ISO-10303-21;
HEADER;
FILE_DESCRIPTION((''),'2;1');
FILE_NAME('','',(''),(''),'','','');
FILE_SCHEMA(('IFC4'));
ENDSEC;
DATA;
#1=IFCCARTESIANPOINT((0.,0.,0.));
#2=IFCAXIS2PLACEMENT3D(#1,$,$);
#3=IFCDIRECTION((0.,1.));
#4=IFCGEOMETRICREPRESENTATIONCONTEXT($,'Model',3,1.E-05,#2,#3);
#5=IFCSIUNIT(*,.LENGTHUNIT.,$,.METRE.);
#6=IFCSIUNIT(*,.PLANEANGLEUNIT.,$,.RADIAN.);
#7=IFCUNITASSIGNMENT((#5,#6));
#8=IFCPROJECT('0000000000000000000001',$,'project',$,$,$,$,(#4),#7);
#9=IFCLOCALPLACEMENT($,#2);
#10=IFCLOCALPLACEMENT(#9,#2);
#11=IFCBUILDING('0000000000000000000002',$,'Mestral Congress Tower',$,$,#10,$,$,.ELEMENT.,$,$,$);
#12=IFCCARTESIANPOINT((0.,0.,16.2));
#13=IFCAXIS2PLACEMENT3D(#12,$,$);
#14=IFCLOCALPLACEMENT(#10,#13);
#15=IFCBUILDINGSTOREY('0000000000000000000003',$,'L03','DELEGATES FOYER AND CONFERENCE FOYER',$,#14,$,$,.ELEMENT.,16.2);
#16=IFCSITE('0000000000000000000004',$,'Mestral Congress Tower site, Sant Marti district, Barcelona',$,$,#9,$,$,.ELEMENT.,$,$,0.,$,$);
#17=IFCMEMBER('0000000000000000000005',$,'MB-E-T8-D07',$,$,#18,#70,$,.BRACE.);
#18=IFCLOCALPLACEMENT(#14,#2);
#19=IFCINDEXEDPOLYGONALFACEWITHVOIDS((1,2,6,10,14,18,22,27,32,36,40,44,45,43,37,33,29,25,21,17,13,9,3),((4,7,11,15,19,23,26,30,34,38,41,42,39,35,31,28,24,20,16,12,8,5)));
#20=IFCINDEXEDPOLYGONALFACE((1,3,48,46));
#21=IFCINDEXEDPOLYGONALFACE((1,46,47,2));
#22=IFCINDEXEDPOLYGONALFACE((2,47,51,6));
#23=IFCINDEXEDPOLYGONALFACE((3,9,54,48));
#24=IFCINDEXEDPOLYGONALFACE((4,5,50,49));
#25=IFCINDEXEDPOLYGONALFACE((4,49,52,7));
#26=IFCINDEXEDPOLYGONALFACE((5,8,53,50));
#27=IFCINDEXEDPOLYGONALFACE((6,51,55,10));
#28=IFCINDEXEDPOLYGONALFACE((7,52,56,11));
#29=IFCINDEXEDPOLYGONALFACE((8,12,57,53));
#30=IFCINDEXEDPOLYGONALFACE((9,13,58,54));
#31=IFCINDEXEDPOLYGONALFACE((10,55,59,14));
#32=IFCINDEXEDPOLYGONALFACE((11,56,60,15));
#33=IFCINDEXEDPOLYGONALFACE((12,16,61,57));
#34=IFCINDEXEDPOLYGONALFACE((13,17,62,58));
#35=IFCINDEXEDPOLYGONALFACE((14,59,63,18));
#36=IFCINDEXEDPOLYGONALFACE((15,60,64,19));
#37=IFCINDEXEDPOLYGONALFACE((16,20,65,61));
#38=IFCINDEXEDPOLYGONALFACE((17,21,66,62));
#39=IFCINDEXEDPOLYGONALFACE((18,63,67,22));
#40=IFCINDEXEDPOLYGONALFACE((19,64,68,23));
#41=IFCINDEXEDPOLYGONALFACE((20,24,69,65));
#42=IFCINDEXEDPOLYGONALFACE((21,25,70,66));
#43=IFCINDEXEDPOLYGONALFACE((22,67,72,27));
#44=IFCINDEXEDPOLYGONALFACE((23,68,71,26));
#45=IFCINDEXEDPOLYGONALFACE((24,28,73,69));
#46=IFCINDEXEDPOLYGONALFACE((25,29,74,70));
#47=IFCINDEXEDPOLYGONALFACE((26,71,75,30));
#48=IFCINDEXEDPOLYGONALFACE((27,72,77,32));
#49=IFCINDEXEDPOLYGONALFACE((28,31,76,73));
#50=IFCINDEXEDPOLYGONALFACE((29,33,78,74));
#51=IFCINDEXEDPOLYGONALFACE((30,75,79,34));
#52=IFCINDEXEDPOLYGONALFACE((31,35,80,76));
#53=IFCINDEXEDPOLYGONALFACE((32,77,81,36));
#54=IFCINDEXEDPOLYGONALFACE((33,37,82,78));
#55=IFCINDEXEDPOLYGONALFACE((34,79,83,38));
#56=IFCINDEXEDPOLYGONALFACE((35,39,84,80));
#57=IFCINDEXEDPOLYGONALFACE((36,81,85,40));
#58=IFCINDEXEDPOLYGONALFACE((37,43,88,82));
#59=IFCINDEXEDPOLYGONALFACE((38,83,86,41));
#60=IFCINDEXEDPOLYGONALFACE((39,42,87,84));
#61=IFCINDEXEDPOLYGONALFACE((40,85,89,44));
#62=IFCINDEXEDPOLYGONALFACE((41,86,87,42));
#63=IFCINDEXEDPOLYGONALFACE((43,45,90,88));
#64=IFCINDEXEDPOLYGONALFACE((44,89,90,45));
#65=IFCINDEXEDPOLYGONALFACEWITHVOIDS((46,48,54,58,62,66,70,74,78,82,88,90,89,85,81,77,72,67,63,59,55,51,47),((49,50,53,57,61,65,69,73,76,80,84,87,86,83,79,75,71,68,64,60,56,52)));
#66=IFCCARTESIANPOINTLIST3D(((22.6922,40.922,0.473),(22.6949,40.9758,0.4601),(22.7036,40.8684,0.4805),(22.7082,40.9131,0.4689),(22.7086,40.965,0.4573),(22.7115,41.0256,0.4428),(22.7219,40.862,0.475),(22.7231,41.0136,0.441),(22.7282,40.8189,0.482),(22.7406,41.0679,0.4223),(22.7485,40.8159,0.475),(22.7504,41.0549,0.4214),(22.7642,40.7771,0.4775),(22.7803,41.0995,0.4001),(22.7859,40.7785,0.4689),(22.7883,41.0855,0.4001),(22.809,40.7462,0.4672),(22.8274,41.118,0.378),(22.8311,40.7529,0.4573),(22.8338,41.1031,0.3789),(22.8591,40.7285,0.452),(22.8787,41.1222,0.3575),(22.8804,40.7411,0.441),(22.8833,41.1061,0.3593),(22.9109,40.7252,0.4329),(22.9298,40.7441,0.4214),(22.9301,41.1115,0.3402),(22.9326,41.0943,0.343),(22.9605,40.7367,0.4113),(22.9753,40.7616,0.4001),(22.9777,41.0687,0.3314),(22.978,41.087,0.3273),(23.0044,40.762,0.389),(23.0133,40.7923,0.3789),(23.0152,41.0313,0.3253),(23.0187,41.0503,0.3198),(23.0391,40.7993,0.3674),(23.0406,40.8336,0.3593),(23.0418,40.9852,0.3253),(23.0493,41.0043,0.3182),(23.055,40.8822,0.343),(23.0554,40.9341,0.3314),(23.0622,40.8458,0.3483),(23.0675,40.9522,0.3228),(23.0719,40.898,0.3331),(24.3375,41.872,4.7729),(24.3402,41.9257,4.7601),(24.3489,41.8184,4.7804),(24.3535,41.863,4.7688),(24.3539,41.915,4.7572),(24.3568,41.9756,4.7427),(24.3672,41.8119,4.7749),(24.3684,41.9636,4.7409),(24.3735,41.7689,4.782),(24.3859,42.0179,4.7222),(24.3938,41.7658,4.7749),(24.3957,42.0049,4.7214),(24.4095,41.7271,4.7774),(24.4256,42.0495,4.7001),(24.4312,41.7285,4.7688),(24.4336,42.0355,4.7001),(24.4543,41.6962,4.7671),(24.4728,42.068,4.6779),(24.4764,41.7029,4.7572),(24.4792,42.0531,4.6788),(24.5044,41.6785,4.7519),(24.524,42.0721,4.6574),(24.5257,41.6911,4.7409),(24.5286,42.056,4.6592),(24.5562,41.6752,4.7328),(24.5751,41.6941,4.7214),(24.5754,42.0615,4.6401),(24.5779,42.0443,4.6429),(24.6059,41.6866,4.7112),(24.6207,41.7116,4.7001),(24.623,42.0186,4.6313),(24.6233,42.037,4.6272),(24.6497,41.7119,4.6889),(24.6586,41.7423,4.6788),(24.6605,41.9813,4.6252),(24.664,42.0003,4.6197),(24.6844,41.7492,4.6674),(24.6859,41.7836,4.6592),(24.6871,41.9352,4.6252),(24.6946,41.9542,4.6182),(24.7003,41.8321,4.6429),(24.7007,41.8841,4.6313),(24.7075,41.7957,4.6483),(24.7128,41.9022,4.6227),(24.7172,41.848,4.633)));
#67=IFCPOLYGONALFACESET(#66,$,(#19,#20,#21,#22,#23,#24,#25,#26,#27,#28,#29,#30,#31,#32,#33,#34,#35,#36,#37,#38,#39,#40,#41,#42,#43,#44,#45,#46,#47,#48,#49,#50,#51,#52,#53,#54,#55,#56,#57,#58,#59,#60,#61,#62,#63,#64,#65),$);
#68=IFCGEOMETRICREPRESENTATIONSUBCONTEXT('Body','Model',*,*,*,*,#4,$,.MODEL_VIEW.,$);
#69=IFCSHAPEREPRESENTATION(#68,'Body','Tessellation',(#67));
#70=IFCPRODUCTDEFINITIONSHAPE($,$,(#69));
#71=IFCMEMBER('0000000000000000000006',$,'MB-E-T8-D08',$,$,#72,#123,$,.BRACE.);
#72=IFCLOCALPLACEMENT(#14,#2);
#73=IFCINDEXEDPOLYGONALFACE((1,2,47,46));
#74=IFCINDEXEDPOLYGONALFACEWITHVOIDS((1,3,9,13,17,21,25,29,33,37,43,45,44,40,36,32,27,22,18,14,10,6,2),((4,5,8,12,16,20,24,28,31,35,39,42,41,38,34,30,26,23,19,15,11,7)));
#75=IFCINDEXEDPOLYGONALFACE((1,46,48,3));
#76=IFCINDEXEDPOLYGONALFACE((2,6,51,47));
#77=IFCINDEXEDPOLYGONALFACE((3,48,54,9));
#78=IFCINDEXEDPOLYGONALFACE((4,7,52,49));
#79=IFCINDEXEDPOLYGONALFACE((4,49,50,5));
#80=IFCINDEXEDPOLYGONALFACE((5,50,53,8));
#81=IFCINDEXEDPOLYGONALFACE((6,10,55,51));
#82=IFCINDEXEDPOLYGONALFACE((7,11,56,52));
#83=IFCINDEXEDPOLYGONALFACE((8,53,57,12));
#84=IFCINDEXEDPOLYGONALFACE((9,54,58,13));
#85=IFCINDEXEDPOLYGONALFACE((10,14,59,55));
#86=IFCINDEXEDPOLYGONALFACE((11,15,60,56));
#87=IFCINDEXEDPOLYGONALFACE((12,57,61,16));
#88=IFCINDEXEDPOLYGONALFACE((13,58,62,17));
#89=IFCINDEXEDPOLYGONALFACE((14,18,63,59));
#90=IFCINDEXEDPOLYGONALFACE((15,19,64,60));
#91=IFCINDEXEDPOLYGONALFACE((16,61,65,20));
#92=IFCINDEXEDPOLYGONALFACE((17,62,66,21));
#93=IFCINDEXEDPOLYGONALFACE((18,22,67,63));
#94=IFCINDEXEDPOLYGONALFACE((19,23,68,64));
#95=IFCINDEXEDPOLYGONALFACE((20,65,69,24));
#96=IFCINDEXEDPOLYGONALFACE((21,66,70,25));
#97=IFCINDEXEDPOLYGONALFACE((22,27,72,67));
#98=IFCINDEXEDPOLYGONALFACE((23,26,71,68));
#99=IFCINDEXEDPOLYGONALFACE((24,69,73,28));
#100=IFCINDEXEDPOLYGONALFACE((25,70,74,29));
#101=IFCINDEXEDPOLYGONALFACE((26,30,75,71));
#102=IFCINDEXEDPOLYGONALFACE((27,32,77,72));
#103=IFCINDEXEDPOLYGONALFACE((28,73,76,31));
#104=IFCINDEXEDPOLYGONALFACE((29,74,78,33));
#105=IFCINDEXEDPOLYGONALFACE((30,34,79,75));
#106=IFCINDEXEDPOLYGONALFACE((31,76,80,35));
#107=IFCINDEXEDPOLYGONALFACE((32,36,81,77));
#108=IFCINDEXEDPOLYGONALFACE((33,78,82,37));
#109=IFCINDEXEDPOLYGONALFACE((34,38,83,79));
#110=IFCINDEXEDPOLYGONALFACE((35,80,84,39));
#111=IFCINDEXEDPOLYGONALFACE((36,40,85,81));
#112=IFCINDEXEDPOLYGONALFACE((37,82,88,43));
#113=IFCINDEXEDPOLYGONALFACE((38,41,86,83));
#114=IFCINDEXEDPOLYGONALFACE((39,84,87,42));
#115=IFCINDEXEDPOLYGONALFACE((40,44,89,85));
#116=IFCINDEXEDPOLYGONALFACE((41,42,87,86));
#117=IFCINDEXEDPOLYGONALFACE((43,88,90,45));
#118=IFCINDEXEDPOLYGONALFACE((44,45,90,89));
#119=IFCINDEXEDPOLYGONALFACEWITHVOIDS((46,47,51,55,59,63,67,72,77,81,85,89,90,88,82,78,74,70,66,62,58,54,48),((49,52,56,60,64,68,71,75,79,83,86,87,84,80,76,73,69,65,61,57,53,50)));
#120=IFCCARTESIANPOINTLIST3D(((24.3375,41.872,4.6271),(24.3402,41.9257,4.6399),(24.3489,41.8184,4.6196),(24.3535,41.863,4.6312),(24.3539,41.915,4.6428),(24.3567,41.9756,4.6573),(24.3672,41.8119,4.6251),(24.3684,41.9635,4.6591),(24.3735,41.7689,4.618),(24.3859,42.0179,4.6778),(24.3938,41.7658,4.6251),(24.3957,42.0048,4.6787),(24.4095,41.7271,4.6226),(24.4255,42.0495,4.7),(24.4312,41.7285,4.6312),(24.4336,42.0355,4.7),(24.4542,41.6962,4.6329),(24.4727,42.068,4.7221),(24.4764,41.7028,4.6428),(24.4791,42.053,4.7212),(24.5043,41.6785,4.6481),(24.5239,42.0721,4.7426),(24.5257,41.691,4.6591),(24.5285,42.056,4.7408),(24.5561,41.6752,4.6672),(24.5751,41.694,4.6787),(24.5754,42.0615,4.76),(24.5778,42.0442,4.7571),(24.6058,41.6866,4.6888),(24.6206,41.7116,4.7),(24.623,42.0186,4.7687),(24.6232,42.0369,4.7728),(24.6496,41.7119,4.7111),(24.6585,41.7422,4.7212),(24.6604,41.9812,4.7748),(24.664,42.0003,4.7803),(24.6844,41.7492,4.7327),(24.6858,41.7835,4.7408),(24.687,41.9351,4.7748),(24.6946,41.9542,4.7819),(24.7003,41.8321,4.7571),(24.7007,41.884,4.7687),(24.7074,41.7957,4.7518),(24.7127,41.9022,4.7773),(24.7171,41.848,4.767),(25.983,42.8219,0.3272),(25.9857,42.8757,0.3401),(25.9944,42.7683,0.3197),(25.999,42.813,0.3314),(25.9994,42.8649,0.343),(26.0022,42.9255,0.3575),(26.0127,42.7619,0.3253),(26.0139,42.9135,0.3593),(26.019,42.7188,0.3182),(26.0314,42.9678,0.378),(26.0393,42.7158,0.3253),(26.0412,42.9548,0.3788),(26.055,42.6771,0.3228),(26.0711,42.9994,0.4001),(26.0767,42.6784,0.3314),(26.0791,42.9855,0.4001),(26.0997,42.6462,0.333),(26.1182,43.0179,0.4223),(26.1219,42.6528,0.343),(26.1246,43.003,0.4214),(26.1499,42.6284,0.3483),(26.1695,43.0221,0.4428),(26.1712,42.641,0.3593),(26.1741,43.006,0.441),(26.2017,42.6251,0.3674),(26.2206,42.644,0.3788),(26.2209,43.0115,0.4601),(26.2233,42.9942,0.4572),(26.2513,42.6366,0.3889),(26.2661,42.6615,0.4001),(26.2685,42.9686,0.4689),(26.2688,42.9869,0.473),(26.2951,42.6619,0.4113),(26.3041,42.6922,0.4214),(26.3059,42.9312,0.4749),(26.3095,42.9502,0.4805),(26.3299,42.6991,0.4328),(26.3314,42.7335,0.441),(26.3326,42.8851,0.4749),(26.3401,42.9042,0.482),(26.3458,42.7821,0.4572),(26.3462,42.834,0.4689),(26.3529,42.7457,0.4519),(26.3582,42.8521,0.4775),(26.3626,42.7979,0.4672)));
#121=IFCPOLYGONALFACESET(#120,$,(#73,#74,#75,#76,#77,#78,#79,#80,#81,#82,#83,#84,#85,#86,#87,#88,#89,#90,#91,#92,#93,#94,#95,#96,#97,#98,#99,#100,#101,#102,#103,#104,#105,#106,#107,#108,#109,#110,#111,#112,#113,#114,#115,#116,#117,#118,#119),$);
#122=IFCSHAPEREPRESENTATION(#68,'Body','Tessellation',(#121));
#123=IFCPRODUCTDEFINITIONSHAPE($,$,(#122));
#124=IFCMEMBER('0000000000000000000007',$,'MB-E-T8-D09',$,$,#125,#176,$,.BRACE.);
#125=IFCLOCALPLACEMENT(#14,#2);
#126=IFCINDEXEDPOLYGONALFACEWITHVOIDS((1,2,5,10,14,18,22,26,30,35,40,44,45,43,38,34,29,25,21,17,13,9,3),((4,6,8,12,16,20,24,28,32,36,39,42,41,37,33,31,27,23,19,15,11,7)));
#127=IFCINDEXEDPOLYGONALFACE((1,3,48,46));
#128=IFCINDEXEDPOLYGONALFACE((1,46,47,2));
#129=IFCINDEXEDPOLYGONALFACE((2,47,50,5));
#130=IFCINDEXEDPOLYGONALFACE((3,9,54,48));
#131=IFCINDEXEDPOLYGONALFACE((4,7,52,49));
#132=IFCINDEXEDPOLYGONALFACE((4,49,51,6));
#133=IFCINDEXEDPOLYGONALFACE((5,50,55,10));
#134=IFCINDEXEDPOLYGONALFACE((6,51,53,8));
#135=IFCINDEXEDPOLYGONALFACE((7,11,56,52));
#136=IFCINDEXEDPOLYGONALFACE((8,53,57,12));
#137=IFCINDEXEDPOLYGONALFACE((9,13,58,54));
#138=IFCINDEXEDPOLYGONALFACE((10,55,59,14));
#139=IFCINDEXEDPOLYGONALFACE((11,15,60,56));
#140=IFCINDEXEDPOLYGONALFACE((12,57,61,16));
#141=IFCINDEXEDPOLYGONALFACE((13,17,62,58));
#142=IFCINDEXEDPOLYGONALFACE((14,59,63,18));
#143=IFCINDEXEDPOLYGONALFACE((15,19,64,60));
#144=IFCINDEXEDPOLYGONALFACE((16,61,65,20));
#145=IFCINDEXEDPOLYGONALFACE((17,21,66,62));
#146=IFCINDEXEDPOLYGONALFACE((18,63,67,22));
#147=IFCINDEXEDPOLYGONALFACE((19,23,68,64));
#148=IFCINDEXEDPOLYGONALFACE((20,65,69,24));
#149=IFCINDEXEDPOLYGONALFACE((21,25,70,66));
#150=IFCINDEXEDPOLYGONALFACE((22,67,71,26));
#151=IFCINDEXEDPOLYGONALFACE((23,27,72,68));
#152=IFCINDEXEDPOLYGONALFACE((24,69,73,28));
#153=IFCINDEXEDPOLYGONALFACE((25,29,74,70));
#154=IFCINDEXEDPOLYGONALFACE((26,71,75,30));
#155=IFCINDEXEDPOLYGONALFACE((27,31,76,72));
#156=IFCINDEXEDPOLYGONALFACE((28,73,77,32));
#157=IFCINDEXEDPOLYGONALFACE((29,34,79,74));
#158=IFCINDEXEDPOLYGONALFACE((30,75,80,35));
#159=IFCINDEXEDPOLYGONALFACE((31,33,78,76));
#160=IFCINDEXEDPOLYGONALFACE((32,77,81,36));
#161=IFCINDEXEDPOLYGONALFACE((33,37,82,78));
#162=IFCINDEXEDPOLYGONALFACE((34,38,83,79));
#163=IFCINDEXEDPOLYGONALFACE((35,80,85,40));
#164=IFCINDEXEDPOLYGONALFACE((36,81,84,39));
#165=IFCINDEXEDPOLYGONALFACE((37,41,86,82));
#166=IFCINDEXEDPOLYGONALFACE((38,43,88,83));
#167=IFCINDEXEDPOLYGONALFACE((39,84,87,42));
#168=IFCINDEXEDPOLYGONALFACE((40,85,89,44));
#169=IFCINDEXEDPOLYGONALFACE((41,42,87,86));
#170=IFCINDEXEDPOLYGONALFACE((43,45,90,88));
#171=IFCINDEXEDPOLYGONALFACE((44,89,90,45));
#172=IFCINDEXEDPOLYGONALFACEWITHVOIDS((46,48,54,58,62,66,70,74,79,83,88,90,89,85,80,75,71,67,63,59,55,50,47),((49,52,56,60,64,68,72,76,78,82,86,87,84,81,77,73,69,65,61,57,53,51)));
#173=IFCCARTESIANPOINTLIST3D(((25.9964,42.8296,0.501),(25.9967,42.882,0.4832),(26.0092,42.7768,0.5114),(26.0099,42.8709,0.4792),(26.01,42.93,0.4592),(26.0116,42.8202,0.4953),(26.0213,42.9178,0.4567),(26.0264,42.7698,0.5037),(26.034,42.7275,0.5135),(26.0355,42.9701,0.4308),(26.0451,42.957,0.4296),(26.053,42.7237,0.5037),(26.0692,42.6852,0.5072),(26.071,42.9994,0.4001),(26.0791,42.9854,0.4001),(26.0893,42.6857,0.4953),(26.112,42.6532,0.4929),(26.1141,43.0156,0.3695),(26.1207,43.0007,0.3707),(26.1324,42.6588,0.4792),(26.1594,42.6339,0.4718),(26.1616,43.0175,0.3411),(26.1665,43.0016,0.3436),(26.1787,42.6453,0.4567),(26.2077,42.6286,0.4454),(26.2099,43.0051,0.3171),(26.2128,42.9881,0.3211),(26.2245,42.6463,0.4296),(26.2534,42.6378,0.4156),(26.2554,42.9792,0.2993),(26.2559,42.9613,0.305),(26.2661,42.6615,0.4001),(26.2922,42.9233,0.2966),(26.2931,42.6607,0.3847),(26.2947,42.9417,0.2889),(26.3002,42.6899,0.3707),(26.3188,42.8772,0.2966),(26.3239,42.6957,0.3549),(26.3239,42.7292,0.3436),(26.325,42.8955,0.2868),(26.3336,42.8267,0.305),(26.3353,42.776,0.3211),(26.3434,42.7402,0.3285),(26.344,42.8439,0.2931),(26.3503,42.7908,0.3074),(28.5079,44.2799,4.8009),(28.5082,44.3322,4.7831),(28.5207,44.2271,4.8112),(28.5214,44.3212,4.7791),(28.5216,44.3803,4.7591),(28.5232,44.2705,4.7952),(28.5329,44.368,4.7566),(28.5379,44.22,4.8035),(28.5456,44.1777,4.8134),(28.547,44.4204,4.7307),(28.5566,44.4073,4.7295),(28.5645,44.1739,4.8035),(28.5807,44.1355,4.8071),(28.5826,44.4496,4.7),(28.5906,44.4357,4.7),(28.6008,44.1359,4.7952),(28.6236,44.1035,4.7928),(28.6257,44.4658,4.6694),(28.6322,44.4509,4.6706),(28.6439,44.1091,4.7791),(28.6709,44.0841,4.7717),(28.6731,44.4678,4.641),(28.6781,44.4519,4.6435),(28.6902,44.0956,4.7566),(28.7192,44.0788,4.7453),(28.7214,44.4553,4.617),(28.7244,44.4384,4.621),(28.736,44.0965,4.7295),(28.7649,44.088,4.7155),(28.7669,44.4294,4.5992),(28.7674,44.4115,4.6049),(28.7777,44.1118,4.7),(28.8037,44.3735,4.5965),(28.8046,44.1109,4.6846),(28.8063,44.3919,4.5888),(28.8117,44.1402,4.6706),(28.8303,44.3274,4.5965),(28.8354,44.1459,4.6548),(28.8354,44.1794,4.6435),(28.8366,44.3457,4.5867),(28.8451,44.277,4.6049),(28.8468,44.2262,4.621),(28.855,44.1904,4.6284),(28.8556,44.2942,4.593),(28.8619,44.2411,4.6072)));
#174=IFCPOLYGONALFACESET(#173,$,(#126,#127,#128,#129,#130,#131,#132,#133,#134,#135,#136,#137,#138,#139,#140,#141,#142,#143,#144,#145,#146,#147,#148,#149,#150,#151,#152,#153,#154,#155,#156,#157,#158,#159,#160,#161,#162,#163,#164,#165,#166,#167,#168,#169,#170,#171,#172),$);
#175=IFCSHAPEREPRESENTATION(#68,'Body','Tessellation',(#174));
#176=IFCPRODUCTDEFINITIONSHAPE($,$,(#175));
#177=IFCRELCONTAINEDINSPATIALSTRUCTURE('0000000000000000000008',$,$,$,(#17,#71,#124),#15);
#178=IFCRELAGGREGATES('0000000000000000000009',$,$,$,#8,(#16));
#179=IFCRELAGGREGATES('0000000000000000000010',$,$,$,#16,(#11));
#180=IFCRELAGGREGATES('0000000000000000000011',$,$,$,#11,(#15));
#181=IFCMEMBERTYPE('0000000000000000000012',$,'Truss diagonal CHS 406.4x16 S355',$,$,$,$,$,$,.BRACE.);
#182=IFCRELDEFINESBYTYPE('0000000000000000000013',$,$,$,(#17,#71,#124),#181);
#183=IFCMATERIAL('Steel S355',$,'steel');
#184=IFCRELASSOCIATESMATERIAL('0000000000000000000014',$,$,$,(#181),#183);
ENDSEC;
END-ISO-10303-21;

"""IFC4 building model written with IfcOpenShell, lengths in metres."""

from ifc_helpers import new_model, si_unit, direction, frame, origin, origin_2d, place, context, subcontext, project, spatial, hollow_circle, extrude, material, material_profile, profile_set, type_object, element, save


model = new_model("IFC4")

# Units and contexts
model_context = context("Model", 3, precision=1e-05, world=origin(), true_north=direction((0.0, 1.0)))
body_context = subcontext(model_context, "Body", "Model", "MODEL_VIEW")
ifc_project = project(units=[si_unit("LENGTHUNIT", "METRE"), si_unit("PLANEANGLEUNIT", "RADIAN")], contexts=[model_context])

# Site, building, storey
site_placement = place(None, origin())
site = spatial("IfcSite", under=ifc_project, at=site_placement, Name="Mestral Congress Tower site, Sant Marti district, Barcelona", CompositionType="ELEMENT", RefElevation=0.0)
building_placement = place(site_placement, origin())
building = spatial("IfcBuilding", under=site, at=building_placement, Name="Mestral Congress Tower", CompositionType="ELEMENT")
storey_placement = place(building_placement, frame((0.0, 0.0, 16.2)))
storey = spatial("IfcBuildingStorey", under=building, at=storey_placement, Name="L03", Description="DELEGATES FOYER AND CONFERENCE FOYER", CompositionType="ELEMENT", Elevation=16.2)

# Shared definitions
ifc_material_1 = material(Name="Steel S355", Category="steel")

# Members
ifc_material_profile_1 = material_profile(ifc_material_1, hollow_circle(Radius=0.2031, WallThickness=0.0161, at=origin_2d()), Name="CHS 406.4x16")
ifc_profile_set_1 = profile_set([ifc_material_profile_1], Name="Steel S355")
member_type_1 = type_object("IfcMemberType", Name="Truss diagonal CHS 406.4x16 S355", PredefinedType="BRACE", material=ifc_profile_set_1)
for number, where, z_axis, x_axis, name in (
    (1, (22.8818, 40.9236, 0.4001), (0.349996, 0.202082, 0.914694), (-0.500023, 0.866012, 0.0), "MB-E-T8-D07"),
    (2, (24.5271, 41.8735, 4.7), (0.350041, 0.202079, -0.914678), (-0.499967, 0.866044, 0.0), "MB-E-T8-D08"),
):
    element("IfcMember", number, at=place(storey_placement, frame(where, z_axis=z_axis, x_axis=x_axis)), inside=storey, type_object=member_type_1, Name=name, PredefinedType="BRACE", context=body_context, shape_type="SweptSolid", body=[
        extrude(hollow_circle(Radius=0.2031, WallThickness=0.0161, at=origin_2d()), origin(), (0.0, 0.0, 1.0), 4.7009),
    ])
member_1_placement = place(storey_placement, frame((26.1726, 42.8235, 0.4001), z_axis=(0.484241, 0.279614, 0.829052), x_axis=(-0.50005, 0.865996, 0.0)))
element("IfcMember", 3, at=member_1_placement, inside=storey, type_object=member_type_1, Name="MB-E-T8-D09", PredefinedType="BRACE", context=body_context, shape_type="SweptSolid", body=[
    extrude(hollow_circle(Radius=0.2031, WallThickness=0.0161, at=origin_2d()), origin(), (0.0, 0.0, 1.0), 5.1865),
])

save(model, "model.ifc")
